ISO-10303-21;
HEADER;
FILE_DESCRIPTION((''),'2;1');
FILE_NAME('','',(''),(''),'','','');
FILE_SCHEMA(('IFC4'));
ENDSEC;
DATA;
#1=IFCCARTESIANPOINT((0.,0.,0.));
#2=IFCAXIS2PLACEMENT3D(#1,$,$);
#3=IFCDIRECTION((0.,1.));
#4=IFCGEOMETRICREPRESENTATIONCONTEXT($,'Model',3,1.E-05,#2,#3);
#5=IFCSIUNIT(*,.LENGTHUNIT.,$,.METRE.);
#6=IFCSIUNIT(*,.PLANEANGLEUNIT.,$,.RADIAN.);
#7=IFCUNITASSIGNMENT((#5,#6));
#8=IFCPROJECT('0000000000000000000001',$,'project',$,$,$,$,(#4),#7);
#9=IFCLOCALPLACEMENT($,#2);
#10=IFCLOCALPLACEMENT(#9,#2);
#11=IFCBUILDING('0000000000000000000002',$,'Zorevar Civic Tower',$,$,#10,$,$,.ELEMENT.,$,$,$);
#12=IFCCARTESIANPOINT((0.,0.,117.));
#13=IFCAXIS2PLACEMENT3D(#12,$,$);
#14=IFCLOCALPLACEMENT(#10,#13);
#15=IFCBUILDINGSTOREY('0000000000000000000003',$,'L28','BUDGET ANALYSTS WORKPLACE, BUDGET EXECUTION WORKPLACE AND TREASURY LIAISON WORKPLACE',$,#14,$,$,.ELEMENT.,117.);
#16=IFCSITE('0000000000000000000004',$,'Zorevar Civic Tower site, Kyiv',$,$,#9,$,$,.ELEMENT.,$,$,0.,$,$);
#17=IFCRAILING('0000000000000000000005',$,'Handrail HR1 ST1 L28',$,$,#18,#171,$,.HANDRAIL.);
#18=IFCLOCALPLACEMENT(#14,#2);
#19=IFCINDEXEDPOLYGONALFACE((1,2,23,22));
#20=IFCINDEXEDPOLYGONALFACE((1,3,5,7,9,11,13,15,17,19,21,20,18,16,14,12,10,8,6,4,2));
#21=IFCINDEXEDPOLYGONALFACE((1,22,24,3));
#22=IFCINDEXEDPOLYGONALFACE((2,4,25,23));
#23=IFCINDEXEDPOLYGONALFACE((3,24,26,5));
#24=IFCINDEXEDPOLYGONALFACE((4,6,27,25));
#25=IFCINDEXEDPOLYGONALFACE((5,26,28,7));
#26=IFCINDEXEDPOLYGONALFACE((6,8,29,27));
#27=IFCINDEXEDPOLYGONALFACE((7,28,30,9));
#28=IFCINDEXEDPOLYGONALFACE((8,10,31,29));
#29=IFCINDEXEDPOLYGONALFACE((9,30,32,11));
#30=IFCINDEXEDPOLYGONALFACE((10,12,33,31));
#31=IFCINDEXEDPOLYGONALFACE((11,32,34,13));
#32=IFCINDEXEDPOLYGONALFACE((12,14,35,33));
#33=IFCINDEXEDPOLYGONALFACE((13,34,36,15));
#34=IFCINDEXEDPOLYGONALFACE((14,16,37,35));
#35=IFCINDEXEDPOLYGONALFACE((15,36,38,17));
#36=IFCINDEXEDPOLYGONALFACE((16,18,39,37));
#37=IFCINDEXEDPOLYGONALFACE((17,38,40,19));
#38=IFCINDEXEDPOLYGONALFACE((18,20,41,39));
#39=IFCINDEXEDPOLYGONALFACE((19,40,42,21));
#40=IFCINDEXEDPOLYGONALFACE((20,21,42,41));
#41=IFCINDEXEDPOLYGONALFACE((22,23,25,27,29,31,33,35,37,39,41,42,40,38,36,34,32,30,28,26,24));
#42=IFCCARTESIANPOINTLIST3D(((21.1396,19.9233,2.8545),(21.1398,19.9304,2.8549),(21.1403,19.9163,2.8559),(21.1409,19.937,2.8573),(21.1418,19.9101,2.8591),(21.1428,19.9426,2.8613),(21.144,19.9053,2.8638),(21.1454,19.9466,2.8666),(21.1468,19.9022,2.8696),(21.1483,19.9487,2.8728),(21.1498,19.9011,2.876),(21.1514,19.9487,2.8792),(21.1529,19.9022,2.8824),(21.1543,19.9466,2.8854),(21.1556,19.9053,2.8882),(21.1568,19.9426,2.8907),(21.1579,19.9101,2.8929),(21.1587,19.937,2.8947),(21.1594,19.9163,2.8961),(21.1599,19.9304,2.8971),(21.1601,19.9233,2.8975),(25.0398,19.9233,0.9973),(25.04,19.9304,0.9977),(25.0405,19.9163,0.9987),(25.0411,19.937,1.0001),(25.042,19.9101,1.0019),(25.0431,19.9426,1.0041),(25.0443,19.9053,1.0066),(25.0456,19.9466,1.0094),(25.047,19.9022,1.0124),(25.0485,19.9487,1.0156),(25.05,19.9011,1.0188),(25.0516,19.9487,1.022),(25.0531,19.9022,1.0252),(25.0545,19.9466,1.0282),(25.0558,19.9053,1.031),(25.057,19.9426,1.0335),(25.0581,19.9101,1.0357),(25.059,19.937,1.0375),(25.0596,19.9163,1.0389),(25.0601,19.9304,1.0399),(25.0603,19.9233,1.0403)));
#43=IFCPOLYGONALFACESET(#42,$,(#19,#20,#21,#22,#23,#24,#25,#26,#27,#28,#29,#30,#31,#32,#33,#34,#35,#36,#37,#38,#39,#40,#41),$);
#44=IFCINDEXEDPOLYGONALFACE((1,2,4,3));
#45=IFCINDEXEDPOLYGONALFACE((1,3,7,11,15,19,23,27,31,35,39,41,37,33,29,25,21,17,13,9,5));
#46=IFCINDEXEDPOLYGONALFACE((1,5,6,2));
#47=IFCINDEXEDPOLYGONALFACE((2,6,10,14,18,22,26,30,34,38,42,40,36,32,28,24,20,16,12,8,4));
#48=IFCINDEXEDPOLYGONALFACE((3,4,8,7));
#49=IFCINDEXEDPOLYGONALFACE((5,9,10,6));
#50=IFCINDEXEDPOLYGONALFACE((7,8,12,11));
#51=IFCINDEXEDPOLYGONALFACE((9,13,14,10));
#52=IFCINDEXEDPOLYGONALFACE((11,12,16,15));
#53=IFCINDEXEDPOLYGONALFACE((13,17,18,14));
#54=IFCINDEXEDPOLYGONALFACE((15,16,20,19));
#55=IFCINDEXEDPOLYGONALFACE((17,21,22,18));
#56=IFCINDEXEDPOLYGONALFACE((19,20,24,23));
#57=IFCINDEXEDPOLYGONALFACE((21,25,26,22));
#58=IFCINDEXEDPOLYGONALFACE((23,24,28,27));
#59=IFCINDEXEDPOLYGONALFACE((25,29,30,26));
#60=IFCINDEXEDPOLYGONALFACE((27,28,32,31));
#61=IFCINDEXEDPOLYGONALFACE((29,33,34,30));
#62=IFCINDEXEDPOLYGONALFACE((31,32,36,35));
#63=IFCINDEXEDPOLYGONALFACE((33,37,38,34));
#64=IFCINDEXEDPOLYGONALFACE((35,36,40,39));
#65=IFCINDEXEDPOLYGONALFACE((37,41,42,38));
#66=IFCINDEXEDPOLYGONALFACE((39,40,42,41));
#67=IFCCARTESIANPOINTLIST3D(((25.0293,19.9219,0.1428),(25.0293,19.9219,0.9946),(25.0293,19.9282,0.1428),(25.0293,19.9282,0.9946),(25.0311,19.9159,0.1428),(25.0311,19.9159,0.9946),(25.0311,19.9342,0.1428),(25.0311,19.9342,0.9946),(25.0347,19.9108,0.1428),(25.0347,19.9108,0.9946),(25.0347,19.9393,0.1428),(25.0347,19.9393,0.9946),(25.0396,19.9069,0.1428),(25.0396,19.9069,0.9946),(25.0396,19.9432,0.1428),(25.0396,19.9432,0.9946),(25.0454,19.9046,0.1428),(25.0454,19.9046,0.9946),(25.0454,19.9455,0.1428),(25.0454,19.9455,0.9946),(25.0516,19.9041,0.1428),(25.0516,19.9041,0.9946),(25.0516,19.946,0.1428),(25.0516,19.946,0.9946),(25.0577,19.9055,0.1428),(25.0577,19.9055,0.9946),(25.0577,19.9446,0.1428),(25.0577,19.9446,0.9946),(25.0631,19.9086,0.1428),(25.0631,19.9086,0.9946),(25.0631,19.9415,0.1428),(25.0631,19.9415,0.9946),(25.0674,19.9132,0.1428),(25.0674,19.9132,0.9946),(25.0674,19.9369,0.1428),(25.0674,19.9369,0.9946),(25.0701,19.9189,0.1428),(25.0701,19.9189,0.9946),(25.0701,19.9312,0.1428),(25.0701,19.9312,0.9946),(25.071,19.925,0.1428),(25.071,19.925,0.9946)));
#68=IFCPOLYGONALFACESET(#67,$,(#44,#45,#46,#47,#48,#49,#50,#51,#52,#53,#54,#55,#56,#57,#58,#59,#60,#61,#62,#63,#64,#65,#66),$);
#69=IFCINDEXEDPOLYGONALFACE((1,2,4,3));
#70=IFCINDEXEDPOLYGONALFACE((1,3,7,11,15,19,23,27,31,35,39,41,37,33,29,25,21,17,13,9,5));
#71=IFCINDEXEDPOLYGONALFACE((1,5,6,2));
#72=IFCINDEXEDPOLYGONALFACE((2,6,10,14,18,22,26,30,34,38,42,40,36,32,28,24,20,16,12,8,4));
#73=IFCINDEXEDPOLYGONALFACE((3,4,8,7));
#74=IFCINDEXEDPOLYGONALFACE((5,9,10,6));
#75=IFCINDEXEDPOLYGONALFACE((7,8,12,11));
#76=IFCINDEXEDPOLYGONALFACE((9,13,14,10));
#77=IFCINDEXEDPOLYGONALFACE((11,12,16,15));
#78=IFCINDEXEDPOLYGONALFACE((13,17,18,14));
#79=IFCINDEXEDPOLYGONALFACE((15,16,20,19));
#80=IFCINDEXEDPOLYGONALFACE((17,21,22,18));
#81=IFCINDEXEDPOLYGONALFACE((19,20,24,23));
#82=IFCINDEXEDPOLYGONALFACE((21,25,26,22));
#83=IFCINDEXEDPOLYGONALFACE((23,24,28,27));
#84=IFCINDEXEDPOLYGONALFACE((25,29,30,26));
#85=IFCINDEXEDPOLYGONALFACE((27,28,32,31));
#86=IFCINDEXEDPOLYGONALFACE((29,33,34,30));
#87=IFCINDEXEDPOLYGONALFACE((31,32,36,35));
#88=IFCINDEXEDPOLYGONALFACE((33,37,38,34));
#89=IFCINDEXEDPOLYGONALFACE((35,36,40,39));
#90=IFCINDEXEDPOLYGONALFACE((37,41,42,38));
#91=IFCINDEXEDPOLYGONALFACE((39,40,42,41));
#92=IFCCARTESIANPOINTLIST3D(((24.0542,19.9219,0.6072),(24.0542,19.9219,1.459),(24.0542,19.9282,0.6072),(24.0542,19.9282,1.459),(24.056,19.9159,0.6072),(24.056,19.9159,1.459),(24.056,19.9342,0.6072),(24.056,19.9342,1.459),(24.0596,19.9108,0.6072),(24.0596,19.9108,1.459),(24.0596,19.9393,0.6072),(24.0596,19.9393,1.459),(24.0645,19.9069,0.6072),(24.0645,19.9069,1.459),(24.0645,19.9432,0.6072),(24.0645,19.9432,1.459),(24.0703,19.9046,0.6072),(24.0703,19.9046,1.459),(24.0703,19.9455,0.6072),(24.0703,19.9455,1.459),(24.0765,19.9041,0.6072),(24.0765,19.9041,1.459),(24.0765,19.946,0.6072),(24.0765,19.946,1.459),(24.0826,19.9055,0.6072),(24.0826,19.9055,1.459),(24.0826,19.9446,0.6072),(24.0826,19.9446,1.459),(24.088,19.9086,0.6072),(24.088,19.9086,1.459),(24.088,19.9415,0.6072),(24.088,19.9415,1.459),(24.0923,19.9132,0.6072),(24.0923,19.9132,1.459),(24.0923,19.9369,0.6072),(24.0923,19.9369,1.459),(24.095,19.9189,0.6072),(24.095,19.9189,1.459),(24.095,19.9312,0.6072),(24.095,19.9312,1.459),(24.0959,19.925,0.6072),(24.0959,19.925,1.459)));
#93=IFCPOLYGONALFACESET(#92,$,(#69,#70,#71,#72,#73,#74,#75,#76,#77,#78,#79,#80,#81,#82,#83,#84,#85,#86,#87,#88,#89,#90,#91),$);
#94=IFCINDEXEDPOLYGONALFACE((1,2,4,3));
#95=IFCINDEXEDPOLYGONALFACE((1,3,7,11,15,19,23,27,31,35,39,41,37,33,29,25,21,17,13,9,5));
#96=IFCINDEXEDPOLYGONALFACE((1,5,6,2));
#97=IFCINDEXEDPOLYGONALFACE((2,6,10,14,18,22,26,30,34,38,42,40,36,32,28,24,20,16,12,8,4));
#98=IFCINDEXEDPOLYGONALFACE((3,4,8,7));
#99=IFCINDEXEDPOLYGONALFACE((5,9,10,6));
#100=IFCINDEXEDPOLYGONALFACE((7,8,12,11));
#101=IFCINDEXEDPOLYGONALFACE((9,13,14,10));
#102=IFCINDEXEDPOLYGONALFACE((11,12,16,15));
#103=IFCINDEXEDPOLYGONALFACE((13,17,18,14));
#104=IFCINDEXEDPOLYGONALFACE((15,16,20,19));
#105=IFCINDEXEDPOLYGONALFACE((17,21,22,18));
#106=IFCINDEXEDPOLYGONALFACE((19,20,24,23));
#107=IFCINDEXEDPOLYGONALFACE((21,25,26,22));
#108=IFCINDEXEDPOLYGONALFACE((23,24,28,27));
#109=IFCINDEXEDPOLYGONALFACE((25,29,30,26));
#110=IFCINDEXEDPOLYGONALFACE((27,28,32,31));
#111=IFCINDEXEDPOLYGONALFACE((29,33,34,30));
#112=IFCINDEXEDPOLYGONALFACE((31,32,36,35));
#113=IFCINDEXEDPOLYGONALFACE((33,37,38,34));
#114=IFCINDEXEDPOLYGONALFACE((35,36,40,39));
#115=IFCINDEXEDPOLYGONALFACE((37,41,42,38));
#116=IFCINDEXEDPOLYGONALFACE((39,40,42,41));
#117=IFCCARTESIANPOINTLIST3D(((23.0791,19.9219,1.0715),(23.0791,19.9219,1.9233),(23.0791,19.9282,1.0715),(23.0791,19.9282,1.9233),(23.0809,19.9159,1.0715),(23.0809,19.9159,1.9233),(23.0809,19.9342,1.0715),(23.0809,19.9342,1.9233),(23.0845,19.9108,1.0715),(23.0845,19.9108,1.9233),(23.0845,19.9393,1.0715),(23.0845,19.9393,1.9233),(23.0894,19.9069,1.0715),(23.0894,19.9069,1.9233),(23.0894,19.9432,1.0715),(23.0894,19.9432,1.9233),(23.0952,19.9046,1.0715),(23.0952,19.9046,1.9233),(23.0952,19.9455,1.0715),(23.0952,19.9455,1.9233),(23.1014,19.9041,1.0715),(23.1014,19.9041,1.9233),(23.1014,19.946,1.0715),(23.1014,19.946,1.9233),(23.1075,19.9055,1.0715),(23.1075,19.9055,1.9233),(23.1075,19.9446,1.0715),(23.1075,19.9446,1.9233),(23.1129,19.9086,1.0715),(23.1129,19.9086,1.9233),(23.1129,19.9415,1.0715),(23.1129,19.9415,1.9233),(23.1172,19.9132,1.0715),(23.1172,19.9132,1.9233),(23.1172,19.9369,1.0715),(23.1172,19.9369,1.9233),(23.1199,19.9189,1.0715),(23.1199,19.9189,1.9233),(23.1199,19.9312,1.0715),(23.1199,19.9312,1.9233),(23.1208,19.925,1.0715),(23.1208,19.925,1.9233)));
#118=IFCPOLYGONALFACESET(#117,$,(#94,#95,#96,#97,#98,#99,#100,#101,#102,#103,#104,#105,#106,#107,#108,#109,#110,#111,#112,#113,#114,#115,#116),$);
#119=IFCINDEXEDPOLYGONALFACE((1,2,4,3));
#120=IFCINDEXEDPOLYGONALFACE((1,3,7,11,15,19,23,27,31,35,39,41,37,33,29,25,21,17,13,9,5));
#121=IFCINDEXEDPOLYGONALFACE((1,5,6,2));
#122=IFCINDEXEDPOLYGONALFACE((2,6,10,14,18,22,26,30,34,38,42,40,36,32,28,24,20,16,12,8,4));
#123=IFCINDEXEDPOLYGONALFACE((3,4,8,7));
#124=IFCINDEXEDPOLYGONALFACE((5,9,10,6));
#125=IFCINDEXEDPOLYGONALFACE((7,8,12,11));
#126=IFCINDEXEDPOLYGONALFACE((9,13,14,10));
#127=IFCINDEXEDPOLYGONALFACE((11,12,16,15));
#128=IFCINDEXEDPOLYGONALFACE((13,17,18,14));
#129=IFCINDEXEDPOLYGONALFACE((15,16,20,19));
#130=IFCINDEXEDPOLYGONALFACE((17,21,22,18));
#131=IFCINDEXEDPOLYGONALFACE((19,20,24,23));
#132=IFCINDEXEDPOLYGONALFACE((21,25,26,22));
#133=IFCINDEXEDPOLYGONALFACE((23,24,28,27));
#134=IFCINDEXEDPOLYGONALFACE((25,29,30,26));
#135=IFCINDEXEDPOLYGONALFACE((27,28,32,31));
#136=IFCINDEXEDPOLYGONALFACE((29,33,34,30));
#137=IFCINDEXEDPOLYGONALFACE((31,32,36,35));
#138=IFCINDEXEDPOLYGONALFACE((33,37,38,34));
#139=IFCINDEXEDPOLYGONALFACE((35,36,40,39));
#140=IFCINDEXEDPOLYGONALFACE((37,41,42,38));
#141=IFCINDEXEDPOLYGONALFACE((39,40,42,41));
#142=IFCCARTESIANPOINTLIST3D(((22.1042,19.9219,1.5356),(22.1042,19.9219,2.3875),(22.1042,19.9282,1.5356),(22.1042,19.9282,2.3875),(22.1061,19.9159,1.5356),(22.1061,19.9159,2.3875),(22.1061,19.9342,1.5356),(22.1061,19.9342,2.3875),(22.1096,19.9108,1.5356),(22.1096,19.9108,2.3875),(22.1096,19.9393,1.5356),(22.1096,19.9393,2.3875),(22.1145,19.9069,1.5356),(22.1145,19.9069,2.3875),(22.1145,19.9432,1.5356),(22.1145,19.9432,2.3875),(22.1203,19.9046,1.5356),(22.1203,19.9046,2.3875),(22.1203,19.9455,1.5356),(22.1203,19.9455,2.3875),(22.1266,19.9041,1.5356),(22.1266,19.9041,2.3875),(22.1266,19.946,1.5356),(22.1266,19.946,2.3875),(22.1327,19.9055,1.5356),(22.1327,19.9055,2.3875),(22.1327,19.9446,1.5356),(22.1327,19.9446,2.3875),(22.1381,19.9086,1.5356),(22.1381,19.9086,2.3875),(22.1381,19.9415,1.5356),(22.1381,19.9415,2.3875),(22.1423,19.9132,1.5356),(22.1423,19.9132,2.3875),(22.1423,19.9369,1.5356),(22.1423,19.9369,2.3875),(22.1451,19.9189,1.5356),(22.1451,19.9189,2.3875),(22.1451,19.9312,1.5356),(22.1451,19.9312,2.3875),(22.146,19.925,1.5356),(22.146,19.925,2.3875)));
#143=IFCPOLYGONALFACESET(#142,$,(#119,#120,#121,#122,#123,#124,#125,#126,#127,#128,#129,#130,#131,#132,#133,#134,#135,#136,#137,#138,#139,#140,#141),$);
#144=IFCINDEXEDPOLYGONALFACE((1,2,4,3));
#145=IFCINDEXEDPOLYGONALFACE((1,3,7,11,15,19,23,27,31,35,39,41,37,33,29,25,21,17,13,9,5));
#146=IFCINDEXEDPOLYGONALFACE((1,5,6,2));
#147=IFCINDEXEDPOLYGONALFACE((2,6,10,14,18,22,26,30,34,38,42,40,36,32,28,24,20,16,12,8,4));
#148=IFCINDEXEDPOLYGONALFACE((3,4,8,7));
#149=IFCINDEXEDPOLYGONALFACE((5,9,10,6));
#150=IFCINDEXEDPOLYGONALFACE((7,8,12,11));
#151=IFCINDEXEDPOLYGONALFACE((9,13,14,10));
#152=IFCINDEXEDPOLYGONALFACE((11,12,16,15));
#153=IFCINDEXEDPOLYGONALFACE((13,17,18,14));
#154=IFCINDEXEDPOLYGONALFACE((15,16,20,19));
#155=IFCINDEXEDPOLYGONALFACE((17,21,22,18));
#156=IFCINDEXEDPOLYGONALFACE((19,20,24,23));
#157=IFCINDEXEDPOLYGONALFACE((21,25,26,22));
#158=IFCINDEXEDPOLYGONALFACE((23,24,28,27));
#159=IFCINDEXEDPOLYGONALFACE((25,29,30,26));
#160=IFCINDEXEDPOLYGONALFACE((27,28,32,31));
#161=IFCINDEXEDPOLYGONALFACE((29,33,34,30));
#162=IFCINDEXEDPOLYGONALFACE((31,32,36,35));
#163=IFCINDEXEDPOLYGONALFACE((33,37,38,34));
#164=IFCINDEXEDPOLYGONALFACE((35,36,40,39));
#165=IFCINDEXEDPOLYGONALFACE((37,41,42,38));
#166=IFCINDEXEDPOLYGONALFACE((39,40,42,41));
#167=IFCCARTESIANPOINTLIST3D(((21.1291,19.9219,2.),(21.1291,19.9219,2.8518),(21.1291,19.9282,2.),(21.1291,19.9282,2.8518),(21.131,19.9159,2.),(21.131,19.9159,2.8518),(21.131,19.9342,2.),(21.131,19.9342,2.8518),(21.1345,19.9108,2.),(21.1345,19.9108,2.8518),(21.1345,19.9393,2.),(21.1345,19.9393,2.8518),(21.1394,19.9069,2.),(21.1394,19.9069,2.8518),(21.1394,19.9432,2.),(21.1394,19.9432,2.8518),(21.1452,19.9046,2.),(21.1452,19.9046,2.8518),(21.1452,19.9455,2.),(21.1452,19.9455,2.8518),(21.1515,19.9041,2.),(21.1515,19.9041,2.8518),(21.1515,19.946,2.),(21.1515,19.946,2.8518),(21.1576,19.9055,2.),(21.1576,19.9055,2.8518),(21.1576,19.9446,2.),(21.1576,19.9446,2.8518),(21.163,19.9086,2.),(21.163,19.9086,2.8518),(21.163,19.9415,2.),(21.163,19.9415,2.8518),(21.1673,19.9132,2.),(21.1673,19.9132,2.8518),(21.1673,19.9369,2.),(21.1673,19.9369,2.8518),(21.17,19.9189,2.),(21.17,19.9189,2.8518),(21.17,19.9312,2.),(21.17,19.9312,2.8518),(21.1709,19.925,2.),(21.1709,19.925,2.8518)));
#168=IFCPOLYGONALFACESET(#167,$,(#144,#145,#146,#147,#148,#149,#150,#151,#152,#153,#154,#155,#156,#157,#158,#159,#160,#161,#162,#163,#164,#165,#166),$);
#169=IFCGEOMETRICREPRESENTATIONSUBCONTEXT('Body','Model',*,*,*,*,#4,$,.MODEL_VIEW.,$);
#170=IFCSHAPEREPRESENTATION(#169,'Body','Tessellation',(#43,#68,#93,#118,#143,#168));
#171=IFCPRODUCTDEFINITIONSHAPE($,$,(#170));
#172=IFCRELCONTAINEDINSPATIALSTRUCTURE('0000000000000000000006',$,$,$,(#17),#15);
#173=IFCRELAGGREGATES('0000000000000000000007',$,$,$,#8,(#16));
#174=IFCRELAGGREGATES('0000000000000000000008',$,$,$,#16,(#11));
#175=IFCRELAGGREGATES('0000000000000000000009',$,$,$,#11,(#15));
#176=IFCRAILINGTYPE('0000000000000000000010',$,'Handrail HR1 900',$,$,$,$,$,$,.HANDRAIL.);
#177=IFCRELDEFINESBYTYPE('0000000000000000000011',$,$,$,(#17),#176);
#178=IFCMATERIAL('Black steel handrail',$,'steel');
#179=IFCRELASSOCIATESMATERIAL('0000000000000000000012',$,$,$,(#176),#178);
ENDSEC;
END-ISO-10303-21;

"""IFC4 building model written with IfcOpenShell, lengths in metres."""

from ifc_helpers import new_model, si_unit, direction, frame, origin, origin_2d, place, context, subcontext, project, spatial, circle, extrude, material, type_object, element, save


model = new_model("IFC4")

# Units and contexts
model_context = context("Model", 3, precision=1e-05, world=origin(), true_north=direction((0.0, 1.0)))
body_context = subcontext(model_context, "Body", "Model", "MODEL_VIEW")
ifc_project = project(units=[si_unit("LENGTHUNIT", "METRE"), si_unit("PLANEANGLEUNIT", "RADIAN")], contexts=[model_context])

# Site, building, storey
site_placement = place(None, origin())
site = spatial("IfcSite", under=ifc_project, at=site_placement, Name="Zorevar Civic Tower site, Kyiv", CompositionType="ELEMENT", RefElevation=0.0)
building_placement = place(site_placement, origin())
building = spatial("IfcBuilding", under=site, at=building_placement, Name="Zorevar Civic Tower", CompositionType="ELEMENT")
storey_placement = place(building_placement, frame((0.0, 0.0, 117.0)))
storey = spatial("IfcBuildingStorey", under=building, at=storey_placement, Name="L28", Description="BUDGET ANALYSTS WORKPLACE, BUDGET EXECUTION WORKPLACE AND TREASURY LIAISON WORKPLACE", CompositionType="ELEMENT", Elevation=117.0)

# Railing
ifc_material_1 = material(Name="Black steel handrail", Category="steel")
railing_type = type_object("IfcRailingType", Name="Handrail HR1 900", PredefinedType="HANDRAIL", material=ifc_material_1)
railing_1_placement = place(storey_placement, frame((25.05, 19.925, 0.1428)))
element("IfcRailing", 1, at=railing_1_placement, inside=storey, type_object=railing_type, Name="Handrail HR1 ST1 L28", PredefinedType="HANDRAIL", context=body_context, shape_type="SweptSolid", body=[
    extrude(circle(Radius=0.0239, at=origin_2d()), frame((0.0, 0.0, 0.876), z_axis=(-0.902864, 0.0, 0.429927), x_axis=(0.0, -1.0, 0.0)), (0.0, 0.0, 1.0), 4.3198),
    extrude(circle(Radius=0.021, at=origin_2d()), origin(), (0.0, 0.0, 1.0), 0.8518),
    extrude(circle(Radius=0.021, at=origin_2d()), frame((-0.9751, 0.0, 0.4644)), (0.0, 0.0, 1.0), 0.8518),
    extrude(circle(Radius=0.021, at=origin_2d()), frame((-1.9502, 0.0, 0.9287)), (0.0, 0.0, 1.0), 0.8518),
    extrude(circle(Radius=0.021, at=origin_2d()), frame((-2.925, 0.0, 1.3928)), (0.0, 0.0, 1.0), 0.8518),
    extrude(circle(Radius=0.021, at=origin_2d()), frame((-3.9001, 0.0, 1.8572)), (0.0, 0.0, 1.0), 0.8518),
])

save(model, "model.ifc")
